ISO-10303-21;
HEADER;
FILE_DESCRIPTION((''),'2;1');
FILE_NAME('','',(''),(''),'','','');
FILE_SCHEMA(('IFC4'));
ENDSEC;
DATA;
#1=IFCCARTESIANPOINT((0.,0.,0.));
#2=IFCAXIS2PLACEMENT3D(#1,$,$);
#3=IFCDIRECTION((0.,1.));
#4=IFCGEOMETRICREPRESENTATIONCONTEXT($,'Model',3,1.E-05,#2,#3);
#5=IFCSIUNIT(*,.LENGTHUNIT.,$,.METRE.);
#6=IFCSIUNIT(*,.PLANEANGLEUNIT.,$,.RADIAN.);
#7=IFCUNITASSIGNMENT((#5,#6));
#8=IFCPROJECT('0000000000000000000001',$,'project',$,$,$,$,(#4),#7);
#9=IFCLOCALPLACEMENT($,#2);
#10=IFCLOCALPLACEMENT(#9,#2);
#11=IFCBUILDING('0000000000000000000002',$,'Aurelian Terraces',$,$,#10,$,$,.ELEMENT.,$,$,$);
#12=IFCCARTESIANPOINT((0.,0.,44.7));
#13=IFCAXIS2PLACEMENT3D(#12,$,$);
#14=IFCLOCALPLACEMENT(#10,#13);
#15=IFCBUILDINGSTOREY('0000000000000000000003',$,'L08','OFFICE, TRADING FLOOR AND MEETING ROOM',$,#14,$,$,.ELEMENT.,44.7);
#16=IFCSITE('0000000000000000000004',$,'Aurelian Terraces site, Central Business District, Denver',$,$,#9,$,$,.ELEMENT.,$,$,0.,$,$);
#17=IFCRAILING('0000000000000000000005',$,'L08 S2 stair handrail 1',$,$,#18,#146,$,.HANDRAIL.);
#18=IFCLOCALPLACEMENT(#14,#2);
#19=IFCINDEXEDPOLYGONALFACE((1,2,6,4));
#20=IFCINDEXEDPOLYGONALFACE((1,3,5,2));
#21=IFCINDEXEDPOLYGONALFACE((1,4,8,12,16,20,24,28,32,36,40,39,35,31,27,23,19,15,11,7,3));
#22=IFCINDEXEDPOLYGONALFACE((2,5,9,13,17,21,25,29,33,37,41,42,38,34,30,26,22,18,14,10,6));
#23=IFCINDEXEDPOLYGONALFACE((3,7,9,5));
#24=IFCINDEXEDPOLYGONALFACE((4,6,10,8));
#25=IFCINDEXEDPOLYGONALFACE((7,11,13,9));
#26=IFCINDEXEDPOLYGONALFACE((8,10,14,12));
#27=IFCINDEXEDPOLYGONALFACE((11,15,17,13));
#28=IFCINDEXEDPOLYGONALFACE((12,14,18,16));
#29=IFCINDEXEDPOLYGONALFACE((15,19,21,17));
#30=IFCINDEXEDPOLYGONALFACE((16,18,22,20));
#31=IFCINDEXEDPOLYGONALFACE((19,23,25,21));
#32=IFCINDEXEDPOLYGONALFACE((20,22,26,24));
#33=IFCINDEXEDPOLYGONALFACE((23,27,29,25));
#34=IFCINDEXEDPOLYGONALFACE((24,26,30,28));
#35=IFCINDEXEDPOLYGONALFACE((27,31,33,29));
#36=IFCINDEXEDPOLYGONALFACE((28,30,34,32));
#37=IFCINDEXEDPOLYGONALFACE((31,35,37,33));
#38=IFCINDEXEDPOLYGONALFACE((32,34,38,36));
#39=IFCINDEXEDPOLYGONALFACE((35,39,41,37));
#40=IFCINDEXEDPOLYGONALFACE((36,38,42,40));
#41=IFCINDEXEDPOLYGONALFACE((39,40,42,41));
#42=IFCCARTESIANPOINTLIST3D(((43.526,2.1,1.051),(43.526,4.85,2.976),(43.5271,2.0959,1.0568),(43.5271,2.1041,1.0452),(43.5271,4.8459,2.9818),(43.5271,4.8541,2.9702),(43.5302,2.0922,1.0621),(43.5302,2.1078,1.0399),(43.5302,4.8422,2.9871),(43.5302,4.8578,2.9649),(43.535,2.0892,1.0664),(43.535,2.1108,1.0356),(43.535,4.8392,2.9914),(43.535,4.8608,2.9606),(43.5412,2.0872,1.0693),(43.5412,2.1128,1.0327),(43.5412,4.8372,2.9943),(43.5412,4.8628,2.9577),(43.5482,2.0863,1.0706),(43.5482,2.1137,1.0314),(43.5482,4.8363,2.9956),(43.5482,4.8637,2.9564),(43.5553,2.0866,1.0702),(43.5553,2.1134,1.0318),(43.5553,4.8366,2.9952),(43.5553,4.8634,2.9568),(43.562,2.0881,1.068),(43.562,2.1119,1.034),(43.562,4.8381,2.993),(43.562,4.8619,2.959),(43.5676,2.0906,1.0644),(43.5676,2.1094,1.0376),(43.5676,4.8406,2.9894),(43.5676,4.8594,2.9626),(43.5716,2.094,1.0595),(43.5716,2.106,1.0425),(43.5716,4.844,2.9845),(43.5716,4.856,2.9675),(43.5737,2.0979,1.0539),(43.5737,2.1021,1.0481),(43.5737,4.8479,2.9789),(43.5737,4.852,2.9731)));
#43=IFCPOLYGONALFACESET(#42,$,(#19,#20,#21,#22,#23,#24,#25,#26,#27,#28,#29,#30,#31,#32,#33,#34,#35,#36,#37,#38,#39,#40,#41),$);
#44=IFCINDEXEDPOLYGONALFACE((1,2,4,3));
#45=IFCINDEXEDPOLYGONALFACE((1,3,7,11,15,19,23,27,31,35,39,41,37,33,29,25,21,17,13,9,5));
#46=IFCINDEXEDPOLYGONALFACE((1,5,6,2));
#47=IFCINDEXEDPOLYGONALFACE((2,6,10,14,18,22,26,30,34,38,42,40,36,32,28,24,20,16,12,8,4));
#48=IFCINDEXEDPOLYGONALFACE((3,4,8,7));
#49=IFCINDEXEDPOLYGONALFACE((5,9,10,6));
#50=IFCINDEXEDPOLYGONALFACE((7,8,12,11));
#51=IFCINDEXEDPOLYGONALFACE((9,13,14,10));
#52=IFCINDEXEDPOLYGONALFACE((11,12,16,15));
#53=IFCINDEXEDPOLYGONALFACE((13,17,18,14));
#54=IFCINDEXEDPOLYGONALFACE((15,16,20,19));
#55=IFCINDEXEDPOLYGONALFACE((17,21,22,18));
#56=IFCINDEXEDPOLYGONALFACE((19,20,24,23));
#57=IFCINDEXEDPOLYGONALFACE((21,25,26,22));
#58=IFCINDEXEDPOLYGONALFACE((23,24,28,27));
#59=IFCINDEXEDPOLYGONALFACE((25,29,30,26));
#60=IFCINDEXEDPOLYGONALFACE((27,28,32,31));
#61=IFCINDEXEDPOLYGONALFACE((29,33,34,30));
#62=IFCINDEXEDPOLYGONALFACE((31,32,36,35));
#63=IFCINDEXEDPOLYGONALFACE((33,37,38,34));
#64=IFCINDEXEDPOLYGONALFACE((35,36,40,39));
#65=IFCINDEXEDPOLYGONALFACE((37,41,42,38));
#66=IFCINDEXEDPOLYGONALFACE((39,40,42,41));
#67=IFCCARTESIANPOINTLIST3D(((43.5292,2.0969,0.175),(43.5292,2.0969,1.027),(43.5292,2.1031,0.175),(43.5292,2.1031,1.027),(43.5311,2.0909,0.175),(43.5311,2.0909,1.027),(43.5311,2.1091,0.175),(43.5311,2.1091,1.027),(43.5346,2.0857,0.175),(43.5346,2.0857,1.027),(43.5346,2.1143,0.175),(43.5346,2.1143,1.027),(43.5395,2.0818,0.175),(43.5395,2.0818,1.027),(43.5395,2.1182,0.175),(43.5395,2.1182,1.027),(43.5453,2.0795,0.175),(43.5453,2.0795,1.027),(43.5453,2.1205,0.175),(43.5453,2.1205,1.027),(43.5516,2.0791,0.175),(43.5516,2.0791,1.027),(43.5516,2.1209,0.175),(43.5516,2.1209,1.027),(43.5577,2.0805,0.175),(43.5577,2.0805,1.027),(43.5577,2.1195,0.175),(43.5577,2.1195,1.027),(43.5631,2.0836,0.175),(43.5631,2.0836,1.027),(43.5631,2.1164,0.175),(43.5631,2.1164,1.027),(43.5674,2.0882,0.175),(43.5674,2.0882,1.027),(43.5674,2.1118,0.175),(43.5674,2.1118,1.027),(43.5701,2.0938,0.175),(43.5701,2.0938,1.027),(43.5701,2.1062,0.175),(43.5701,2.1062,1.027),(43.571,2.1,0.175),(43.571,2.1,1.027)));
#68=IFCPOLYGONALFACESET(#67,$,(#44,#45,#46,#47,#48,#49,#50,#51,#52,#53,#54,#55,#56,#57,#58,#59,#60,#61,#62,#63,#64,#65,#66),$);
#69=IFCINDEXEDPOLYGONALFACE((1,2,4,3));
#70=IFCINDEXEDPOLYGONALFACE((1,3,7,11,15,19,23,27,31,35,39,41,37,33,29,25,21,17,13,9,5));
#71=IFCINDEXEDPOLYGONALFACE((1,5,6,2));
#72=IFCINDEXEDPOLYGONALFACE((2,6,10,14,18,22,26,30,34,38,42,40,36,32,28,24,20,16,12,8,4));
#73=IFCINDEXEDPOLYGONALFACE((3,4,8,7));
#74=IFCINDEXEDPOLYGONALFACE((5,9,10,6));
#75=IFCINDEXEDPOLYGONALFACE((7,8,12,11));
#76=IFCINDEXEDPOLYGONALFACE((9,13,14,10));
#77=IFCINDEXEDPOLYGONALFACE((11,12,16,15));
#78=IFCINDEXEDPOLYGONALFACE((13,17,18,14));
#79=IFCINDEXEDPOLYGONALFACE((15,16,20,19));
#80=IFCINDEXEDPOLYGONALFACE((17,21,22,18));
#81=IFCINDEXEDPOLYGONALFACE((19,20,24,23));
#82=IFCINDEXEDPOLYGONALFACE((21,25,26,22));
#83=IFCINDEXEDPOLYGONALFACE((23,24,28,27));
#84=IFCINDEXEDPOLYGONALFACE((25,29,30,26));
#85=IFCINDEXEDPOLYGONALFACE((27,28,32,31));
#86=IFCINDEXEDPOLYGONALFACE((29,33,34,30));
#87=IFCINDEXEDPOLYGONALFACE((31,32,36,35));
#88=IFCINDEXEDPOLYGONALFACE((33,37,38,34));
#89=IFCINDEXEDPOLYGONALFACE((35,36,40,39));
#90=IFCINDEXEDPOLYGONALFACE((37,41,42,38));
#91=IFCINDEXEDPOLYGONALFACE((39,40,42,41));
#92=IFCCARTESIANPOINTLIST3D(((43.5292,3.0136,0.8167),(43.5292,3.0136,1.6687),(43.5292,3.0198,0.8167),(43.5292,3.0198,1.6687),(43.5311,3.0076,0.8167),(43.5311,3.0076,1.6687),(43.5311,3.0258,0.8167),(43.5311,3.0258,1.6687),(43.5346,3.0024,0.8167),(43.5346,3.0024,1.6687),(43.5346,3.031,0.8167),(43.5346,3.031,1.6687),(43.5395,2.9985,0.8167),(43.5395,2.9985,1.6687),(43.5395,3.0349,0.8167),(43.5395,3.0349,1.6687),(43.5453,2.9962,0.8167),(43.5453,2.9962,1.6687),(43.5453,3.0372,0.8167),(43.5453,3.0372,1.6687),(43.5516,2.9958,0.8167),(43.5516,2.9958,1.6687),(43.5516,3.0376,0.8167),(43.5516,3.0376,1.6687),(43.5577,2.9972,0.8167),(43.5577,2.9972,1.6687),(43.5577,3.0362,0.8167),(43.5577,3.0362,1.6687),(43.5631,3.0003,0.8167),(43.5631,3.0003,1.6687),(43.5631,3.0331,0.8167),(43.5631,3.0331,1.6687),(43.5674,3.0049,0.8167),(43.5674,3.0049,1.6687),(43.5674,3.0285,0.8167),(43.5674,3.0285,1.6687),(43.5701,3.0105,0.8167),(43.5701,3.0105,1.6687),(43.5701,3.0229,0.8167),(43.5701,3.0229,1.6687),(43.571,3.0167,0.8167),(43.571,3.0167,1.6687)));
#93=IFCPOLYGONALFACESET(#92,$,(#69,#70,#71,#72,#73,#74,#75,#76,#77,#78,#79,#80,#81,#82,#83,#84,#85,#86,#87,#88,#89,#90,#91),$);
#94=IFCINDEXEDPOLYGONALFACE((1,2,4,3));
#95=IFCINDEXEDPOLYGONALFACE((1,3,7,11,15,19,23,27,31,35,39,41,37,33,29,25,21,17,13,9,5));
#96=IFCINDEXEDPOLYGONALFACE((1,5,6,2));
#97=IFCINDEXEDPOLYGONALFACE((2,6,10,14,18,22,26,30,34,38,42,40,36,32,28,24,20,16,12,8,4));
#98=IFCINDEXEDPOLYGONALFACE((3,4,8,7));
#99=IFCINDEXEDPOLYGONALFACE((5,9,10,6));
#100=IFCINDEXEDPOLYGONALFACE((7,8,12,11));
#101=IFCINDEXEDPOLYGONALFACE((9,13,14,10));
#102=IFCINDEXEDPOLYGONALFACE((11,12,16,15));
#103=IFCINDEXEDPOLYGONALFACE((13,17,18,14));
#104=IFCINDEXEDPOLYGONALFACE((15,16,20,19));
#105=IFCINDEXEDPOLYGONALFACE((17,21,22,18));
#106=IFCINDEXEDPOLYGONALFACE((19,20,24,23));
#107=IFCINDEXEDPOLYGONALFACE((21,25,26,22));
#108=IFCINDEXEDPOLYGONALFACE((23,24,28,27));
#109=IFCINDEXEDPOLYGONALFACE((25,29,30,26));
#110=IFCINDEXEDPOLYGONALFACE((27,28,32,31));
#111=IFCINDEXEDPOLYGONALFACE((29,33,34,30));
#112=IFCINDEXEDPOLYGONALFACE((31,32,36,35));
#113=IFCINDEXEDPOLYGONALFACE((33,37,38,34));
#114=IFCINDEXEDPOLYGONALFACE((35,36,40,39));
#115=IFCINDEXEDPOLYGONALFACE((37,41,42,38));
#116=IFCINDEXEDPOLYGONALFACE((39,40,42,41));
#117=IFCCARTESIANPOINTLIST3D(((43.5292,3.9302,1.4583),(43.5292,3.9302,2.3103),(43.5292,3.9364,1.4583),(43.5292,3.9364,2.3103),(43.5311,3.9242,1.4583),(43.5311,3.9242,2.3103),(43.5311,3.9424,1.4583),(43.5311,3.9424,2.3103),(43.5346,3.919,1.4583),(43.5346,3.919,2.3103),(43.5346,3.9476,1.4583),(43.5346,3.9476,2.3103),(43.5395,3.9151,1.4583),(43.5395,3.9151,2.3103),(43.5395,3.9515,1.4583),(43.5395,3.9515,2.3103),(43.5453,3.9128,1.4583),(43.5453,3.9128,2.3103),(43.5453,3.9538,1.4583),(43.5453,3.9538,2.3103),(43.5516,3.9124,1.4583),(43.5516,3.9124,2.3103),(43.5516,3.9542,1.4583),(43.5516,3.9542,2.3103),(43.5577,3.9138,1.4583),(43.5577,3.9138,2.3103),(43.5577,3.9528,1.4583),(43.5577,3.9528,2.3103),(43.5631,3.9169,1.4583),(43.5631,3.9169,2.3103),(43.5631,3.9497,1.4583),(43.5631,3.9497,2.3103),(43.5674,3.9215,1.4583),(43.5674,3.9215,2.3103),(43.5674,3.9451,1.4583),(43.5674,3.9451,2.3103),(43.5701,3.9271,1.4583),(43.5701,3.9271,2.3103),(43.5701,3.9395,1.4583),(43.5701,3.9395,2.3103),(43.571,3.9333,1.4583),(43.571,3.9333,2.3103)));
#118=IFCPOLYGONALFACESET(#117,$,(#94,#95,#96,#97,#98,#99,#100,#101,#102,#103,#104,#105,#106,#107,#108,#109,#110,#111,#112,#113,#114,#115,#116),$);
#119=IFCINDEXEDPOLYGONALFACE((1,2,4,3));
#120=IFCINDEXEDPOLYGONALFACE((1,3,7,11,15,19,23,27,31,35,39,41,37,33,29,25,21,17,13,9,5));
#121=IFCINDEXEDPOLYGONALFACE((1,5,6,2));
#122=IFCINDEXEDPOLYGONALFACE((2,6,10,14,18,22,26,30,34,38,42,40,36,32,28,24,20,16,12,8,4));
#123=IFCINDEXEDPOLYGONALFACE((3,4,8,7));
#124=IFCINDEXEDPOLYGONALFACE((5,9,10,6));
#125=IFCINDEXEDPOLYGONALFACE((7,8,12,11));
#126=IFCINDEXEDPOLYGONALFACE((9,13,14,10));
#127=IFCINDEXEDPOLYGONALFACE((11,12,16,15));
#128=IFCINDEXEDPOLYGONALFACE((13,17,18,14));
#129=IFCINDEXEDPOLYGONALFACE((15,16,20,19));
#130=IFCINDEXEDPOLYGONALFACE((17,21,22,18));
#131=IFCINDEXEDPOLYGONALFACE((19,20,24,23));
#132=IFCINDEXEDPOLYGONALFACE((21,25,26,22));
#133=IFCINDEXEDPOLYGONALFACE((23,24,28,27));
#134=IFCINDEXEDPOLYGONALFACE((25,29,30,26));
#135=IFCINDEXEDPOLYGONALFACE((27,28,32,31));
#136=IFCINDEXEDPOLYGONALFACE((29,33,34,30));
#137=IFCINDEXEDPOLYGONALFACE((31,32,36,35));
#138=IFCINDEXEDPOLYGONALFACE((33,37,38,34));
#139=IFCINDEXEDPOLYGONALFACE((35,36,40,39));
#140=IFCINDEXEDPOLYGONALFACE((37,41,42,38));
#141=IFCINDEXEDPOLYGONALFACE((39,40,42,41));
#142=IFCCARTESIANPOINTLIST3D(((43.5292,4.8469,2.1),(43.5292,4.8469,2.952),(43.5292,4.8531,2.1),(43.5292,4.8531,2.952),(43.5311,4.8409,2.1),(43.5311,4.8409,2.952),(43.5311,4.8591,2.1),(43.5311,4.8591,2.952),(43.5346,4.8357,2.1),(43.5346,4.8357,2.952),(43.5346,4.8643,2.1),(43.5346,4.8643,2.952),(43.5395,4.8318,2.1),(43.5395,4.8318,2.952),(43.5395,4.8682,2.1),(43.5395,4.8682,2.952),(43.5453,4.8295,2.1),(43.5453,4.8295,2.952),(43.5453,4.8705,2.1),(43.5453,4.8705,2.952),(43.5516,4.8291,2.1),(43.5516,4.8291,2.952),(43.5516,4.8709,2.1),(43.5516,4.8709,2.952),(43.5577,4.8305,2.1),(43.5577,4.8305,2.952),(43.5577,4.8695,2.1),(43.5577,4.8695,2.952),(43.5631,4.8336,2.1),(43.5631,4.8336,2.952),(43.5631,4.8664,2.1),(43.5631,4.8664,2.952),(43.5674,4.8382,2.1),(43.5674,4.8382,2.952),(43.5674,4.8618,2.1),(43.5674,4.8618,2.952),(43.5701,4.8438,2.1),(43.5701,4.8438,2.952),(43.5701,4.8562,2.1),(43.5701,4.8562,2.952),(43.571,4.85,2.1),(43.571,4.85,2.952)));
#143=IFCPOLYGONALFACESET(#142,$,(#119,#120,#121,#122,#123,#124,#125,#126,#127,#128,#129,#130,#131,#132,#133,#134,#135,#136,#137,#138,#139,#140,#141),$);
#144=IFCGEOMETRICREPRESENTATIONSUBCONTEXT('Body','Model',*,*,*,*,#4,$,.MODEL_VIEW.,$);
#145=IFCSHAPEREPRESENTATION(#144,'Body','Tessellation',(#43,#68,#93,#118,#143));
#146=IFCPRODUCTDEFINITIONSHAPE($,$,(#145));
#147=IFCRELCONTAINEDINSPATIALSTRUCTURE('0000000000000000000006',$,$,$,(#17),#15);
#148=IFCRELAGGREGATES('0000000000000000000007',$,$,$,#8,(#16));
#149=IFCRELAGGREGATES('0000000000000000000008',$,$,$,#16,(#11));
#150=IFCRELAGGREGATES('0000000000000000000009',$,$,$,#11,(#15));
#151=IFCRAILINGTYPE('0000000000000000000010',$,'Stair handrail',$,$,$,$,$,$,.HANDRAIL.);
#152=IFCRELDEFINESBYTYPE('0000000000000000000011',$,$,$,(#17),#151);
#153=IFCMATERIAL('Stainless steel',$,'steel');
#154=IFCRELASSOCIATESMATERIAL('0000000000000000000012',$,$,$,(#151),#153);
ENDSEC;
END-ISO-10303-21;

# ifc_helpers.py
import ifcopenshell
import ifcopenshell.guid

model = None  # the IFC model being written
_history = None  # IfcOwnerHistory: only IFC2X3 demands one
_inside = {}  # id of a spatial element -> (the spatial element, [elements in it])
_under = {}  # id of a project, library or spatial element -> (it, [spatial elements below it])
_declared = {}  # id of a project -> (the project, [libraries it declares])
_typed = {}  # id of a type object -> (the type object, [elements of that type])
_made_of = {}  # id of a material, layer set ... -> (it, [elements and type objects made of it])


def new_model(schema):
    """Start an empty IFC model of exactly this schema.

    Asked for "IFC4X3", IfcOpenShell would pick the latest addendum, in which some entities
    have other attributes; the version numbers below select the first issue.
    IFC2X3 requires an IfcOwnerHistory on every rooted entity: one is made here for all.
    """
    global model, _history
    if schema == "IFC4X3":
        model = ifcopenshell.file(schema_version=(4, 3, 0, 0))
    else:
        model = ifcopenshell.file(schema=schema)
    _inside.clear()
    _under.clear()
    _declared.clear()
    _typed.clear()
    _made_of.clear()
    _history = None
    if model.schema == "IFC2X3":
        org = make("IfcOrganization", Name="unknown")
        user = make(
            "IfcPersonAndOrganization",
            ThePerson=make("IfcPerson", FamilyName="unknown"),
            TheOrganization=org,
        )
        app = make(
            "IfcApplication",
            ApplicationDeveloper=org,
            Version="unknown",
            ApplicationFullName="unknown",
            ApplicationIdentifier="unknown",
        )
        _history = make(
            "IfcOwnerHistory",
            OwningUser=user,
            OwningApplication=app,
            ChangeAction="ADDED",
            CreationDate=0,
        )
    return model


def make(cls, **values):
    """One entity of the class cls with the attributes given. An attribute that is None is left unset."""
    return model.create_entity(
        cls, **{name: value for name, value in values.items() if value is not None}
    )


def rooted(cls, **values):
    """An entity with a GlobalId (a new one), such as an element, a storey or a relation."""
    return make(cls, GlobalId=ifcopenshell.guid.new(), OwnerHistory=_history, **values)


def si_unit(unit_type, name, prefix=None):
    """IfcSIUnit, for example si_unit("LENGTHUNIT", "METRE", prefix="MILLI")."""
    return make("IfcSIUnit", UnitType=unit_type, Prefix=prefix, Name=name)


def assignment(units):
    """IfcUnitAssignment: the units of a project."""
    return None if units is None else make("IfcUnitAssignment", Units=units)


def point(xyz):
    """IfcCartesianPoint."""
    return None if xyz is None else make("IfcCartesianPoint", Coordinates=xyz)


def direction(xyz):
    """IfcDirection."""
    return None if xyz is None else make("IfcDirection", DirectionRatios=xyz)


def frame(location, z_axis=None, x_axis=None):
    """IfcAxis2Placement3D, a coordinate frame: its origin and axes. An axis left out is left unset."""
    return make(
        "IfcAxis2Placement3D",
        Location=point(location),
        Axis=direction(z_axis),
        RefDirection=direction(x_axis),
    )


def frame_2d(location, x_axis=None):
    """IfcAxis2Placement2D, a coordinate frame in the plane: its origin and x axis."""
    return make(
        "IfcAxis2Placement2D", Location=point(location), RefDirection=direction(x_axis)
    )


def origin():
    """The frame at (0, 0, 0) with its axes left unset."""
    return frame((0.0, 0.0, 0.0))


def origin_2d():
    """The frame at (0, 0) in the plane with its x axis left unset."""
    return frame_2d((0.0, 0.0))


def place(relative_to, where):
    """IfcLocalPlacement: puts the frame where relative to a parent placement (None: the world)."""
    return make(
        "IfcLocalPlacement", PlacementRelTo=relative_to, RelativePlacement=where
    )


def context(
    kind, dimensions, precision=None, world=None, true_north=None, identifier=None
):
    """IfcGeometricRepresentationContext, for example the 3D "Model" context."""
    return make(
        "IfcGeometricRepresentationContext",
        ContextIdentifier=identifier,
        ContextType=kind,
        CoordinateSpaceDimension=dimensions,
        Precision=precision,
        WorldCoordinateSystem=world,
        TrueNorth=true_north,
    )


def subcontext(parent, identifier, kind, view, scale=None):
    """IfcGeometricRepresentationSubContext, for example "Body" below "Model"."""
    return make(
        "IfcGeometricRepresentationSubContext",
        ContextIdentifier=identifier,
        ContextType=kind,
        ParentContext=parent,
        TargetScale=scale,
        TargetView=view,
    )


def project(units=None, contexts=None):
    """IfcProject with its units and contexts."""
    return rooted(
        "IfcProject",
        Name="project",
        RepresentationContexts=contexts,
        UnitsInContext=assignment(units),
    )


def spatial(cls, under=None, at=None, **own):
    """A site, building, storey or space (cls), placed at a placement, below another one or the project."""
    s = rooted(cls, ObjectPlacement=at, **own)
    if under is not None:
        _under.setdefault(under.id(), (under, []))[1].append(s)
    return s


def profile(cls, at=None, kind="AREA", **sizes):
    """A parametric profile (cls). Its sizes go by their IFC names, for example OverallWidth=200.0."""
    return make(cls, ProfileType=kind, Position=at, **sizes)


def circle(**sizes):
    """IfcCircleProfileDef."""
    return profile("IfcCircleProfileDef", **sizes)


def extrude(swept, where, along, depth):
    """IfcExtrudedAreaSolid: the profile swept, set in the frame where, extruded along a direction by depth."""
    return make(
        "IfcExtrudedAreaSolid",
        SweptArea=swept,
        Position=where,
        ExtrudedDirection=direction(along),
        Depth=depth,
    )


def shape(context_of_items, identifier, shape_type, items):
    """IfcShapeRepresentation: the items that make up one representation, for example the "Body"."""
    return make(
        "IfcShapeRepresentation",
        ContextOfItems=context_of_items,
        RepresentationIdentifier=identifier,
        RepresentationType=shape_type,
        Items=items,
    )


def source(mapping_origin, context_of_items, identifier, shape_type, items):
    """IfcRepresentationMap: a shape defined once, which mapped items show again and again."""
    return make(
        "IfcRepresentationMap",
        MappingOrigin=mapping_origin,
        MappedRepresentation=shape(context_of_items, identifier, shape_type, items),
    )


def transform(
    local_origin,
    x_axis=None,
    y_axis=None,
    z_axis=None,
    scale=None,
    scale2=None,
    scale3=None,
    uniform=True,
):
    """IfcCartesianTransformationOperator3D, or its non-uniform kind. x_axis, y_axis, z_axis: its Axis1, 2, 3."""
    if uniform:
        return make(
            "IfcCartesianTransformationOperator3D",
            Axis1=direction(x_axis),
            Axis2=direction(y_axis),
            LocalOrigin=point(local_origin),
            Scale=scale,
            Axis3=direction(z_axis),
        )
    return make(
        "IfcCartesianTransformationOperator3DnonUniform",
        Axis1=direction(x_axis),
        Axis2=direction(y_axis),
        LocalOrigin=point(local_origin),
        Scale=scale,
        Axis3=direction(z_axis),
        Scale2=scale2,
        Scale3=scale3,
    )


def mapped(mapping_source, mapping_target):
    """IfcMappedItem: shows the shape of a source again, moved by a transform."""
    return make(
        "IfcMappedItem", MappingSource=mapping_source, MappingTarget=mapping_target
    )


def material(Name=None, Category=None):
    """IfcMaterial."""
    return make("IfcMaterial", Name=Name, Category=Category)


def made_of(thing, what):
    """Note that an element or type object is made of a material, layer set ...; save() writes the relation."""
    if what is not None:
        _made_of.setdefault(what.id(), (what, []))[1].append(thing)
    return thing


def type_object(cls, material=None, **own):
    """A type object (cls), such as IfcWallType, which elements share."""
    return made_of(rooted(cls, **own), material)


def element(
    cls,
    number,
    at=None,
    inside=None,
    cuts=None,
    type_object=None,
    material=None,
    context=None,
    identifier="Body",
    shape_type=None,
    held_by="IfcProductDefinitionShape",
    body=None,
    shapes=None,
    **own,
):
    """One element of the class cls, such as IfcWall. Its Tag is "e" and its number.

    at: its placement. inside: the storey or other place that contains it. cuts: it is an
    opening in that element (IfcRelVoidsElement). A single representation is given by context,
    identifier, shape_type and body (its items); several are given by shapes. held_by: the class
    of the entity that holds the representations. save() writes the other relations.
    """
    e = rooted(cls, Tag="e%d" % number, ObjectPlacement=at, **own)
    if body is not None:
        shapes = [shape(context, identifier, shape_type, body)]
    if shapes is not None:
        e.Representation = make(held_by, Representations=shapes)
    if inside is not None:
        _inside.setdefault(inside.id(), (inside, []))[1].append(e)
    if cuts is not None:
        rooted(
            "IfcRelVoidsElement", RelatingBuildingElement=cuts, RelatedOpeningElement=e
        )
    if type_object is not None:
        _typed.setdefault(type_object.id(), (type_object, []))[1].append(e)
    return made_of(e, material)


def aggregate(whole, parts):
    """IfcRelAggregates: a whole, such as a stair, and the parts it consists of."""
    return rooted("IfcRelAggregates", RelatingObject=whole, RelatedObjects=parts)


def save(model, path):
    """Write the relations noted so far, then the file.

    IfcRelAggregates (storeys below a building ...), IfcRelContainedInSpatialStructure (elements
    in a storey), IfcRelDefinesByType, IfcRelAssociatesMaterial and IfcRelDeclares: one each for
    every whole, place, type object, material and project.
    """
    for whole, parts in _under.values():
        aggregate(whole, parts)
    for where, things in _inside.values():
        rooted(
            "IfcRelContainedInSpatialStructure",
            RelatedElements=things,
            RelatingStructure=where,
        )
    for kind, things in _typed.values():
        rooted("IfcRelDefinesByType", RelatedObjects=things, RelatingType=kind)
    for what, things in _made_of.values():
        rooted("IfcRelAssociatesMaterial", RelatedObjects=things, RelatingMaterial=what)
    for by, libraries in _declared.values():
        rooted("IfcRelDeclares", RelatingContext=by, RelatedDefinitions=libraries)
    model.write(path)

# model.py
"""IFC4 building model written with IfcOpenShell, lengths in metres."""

from ifc_helpers import new_model, si_unit, direction, frame, origin, origin_2d, place, context, subcontext, project, spatial, circle, extrude, source, transform, mapped, material, type_object, element, save


model = new_model("IFC4")

# Units and contexts
model_context = context("Model", 3, precision=1e-05, world=origin(), true_north=direction((0.0, 1.0)))
body_context = subcontext(model_context, "Body", "Model", "MODEL_VIEW")
ifc_project = project(units=[si_unit("LENGTHUNIT", "METRE"), si_unit("PLANEANGLEUNIT", "RADIAN")], contexts=[model_context])

# Site, building, storey
site_placement = place(None, origin())
site = spatial("IfcSite", under=ifc_project, at=site_placement, Name="Aurelian Terraces site, Central Business District, Denver", CompositionType="ELEMENT", RefElevation=0.0)
building_placement = place(site_placement, origin())
building = spatial("IfcBuilding", under=site, at=building_placement, Name="Aurelian Terraces", CompositionType="ELEMENT")
storey_placement = place(building_placement, frame((0.0, 0.0, 44.7)))
storey = spatial("IfcBuildingStorey", under=building, at=storey_placement, Name="L08", Description="OFFICE, TRADING FLOOR AND MEETING ROOM", CompositionType="ELEMENT", Elevation=44.7)

# Railing
ifc_material_1 = material(Name="Stainless steel", Category="steel")
railing_type_1 = type_object("IfcRailingType", Name="Stair handrail", PredefinedType="HANDRAIL", material=ifc_material_1)
shared_shape_1 = source(origin(), body_context, "Body", "SweptSolid", [
    extrude(circle(Radius=0.024, at=origin_2d()), frame((0.0, 0.0, 0.876), z_axis=(0.0, 0.819232, 0.573462), x_axis=(-1.0, 0.0, 0.0)), (0.0, 0.0, 1.0), 3.3568),
    extrude(circle(Radius=0.021, at=origin_2d()), origin(), (0.0, 0.0, 1.0), 0.852),
    extrude(circle(Radius=0.021, at=origin_2d()), frame((0.0, 0.9167, 0.6417)), (0.0, 0.0, 1.0), 0.852),
    extrude(circle(Radius=0.021, at=origin_2d()), frame((0.0, 1.8333, 1.2833)), (0.0, 0.0, 1.0), 0.852),
    extrude(circle(Radius=0.021, at=origin_2d()), frame((0.0, 2.75, 1.925)), (0.0, 0.0, 1.0), 0.852),
])
railing_1_placement = place(storey_placement, frame((43.55, 2.1, 0.175)))
element("IfcRailing", 1, at=railing_1_placement, inside=storey, type_object=railing_type_1, Name="L08 S2 stair handrail 1", PredefinedType="HANDRAIL", context=body_context, shape_type="MappedRepresentation", body=[
    mapped(shared_shape_1, transform((0.0, 0.0, 0.0), scale=1.0)),
])

save(model, "model.ifc")
